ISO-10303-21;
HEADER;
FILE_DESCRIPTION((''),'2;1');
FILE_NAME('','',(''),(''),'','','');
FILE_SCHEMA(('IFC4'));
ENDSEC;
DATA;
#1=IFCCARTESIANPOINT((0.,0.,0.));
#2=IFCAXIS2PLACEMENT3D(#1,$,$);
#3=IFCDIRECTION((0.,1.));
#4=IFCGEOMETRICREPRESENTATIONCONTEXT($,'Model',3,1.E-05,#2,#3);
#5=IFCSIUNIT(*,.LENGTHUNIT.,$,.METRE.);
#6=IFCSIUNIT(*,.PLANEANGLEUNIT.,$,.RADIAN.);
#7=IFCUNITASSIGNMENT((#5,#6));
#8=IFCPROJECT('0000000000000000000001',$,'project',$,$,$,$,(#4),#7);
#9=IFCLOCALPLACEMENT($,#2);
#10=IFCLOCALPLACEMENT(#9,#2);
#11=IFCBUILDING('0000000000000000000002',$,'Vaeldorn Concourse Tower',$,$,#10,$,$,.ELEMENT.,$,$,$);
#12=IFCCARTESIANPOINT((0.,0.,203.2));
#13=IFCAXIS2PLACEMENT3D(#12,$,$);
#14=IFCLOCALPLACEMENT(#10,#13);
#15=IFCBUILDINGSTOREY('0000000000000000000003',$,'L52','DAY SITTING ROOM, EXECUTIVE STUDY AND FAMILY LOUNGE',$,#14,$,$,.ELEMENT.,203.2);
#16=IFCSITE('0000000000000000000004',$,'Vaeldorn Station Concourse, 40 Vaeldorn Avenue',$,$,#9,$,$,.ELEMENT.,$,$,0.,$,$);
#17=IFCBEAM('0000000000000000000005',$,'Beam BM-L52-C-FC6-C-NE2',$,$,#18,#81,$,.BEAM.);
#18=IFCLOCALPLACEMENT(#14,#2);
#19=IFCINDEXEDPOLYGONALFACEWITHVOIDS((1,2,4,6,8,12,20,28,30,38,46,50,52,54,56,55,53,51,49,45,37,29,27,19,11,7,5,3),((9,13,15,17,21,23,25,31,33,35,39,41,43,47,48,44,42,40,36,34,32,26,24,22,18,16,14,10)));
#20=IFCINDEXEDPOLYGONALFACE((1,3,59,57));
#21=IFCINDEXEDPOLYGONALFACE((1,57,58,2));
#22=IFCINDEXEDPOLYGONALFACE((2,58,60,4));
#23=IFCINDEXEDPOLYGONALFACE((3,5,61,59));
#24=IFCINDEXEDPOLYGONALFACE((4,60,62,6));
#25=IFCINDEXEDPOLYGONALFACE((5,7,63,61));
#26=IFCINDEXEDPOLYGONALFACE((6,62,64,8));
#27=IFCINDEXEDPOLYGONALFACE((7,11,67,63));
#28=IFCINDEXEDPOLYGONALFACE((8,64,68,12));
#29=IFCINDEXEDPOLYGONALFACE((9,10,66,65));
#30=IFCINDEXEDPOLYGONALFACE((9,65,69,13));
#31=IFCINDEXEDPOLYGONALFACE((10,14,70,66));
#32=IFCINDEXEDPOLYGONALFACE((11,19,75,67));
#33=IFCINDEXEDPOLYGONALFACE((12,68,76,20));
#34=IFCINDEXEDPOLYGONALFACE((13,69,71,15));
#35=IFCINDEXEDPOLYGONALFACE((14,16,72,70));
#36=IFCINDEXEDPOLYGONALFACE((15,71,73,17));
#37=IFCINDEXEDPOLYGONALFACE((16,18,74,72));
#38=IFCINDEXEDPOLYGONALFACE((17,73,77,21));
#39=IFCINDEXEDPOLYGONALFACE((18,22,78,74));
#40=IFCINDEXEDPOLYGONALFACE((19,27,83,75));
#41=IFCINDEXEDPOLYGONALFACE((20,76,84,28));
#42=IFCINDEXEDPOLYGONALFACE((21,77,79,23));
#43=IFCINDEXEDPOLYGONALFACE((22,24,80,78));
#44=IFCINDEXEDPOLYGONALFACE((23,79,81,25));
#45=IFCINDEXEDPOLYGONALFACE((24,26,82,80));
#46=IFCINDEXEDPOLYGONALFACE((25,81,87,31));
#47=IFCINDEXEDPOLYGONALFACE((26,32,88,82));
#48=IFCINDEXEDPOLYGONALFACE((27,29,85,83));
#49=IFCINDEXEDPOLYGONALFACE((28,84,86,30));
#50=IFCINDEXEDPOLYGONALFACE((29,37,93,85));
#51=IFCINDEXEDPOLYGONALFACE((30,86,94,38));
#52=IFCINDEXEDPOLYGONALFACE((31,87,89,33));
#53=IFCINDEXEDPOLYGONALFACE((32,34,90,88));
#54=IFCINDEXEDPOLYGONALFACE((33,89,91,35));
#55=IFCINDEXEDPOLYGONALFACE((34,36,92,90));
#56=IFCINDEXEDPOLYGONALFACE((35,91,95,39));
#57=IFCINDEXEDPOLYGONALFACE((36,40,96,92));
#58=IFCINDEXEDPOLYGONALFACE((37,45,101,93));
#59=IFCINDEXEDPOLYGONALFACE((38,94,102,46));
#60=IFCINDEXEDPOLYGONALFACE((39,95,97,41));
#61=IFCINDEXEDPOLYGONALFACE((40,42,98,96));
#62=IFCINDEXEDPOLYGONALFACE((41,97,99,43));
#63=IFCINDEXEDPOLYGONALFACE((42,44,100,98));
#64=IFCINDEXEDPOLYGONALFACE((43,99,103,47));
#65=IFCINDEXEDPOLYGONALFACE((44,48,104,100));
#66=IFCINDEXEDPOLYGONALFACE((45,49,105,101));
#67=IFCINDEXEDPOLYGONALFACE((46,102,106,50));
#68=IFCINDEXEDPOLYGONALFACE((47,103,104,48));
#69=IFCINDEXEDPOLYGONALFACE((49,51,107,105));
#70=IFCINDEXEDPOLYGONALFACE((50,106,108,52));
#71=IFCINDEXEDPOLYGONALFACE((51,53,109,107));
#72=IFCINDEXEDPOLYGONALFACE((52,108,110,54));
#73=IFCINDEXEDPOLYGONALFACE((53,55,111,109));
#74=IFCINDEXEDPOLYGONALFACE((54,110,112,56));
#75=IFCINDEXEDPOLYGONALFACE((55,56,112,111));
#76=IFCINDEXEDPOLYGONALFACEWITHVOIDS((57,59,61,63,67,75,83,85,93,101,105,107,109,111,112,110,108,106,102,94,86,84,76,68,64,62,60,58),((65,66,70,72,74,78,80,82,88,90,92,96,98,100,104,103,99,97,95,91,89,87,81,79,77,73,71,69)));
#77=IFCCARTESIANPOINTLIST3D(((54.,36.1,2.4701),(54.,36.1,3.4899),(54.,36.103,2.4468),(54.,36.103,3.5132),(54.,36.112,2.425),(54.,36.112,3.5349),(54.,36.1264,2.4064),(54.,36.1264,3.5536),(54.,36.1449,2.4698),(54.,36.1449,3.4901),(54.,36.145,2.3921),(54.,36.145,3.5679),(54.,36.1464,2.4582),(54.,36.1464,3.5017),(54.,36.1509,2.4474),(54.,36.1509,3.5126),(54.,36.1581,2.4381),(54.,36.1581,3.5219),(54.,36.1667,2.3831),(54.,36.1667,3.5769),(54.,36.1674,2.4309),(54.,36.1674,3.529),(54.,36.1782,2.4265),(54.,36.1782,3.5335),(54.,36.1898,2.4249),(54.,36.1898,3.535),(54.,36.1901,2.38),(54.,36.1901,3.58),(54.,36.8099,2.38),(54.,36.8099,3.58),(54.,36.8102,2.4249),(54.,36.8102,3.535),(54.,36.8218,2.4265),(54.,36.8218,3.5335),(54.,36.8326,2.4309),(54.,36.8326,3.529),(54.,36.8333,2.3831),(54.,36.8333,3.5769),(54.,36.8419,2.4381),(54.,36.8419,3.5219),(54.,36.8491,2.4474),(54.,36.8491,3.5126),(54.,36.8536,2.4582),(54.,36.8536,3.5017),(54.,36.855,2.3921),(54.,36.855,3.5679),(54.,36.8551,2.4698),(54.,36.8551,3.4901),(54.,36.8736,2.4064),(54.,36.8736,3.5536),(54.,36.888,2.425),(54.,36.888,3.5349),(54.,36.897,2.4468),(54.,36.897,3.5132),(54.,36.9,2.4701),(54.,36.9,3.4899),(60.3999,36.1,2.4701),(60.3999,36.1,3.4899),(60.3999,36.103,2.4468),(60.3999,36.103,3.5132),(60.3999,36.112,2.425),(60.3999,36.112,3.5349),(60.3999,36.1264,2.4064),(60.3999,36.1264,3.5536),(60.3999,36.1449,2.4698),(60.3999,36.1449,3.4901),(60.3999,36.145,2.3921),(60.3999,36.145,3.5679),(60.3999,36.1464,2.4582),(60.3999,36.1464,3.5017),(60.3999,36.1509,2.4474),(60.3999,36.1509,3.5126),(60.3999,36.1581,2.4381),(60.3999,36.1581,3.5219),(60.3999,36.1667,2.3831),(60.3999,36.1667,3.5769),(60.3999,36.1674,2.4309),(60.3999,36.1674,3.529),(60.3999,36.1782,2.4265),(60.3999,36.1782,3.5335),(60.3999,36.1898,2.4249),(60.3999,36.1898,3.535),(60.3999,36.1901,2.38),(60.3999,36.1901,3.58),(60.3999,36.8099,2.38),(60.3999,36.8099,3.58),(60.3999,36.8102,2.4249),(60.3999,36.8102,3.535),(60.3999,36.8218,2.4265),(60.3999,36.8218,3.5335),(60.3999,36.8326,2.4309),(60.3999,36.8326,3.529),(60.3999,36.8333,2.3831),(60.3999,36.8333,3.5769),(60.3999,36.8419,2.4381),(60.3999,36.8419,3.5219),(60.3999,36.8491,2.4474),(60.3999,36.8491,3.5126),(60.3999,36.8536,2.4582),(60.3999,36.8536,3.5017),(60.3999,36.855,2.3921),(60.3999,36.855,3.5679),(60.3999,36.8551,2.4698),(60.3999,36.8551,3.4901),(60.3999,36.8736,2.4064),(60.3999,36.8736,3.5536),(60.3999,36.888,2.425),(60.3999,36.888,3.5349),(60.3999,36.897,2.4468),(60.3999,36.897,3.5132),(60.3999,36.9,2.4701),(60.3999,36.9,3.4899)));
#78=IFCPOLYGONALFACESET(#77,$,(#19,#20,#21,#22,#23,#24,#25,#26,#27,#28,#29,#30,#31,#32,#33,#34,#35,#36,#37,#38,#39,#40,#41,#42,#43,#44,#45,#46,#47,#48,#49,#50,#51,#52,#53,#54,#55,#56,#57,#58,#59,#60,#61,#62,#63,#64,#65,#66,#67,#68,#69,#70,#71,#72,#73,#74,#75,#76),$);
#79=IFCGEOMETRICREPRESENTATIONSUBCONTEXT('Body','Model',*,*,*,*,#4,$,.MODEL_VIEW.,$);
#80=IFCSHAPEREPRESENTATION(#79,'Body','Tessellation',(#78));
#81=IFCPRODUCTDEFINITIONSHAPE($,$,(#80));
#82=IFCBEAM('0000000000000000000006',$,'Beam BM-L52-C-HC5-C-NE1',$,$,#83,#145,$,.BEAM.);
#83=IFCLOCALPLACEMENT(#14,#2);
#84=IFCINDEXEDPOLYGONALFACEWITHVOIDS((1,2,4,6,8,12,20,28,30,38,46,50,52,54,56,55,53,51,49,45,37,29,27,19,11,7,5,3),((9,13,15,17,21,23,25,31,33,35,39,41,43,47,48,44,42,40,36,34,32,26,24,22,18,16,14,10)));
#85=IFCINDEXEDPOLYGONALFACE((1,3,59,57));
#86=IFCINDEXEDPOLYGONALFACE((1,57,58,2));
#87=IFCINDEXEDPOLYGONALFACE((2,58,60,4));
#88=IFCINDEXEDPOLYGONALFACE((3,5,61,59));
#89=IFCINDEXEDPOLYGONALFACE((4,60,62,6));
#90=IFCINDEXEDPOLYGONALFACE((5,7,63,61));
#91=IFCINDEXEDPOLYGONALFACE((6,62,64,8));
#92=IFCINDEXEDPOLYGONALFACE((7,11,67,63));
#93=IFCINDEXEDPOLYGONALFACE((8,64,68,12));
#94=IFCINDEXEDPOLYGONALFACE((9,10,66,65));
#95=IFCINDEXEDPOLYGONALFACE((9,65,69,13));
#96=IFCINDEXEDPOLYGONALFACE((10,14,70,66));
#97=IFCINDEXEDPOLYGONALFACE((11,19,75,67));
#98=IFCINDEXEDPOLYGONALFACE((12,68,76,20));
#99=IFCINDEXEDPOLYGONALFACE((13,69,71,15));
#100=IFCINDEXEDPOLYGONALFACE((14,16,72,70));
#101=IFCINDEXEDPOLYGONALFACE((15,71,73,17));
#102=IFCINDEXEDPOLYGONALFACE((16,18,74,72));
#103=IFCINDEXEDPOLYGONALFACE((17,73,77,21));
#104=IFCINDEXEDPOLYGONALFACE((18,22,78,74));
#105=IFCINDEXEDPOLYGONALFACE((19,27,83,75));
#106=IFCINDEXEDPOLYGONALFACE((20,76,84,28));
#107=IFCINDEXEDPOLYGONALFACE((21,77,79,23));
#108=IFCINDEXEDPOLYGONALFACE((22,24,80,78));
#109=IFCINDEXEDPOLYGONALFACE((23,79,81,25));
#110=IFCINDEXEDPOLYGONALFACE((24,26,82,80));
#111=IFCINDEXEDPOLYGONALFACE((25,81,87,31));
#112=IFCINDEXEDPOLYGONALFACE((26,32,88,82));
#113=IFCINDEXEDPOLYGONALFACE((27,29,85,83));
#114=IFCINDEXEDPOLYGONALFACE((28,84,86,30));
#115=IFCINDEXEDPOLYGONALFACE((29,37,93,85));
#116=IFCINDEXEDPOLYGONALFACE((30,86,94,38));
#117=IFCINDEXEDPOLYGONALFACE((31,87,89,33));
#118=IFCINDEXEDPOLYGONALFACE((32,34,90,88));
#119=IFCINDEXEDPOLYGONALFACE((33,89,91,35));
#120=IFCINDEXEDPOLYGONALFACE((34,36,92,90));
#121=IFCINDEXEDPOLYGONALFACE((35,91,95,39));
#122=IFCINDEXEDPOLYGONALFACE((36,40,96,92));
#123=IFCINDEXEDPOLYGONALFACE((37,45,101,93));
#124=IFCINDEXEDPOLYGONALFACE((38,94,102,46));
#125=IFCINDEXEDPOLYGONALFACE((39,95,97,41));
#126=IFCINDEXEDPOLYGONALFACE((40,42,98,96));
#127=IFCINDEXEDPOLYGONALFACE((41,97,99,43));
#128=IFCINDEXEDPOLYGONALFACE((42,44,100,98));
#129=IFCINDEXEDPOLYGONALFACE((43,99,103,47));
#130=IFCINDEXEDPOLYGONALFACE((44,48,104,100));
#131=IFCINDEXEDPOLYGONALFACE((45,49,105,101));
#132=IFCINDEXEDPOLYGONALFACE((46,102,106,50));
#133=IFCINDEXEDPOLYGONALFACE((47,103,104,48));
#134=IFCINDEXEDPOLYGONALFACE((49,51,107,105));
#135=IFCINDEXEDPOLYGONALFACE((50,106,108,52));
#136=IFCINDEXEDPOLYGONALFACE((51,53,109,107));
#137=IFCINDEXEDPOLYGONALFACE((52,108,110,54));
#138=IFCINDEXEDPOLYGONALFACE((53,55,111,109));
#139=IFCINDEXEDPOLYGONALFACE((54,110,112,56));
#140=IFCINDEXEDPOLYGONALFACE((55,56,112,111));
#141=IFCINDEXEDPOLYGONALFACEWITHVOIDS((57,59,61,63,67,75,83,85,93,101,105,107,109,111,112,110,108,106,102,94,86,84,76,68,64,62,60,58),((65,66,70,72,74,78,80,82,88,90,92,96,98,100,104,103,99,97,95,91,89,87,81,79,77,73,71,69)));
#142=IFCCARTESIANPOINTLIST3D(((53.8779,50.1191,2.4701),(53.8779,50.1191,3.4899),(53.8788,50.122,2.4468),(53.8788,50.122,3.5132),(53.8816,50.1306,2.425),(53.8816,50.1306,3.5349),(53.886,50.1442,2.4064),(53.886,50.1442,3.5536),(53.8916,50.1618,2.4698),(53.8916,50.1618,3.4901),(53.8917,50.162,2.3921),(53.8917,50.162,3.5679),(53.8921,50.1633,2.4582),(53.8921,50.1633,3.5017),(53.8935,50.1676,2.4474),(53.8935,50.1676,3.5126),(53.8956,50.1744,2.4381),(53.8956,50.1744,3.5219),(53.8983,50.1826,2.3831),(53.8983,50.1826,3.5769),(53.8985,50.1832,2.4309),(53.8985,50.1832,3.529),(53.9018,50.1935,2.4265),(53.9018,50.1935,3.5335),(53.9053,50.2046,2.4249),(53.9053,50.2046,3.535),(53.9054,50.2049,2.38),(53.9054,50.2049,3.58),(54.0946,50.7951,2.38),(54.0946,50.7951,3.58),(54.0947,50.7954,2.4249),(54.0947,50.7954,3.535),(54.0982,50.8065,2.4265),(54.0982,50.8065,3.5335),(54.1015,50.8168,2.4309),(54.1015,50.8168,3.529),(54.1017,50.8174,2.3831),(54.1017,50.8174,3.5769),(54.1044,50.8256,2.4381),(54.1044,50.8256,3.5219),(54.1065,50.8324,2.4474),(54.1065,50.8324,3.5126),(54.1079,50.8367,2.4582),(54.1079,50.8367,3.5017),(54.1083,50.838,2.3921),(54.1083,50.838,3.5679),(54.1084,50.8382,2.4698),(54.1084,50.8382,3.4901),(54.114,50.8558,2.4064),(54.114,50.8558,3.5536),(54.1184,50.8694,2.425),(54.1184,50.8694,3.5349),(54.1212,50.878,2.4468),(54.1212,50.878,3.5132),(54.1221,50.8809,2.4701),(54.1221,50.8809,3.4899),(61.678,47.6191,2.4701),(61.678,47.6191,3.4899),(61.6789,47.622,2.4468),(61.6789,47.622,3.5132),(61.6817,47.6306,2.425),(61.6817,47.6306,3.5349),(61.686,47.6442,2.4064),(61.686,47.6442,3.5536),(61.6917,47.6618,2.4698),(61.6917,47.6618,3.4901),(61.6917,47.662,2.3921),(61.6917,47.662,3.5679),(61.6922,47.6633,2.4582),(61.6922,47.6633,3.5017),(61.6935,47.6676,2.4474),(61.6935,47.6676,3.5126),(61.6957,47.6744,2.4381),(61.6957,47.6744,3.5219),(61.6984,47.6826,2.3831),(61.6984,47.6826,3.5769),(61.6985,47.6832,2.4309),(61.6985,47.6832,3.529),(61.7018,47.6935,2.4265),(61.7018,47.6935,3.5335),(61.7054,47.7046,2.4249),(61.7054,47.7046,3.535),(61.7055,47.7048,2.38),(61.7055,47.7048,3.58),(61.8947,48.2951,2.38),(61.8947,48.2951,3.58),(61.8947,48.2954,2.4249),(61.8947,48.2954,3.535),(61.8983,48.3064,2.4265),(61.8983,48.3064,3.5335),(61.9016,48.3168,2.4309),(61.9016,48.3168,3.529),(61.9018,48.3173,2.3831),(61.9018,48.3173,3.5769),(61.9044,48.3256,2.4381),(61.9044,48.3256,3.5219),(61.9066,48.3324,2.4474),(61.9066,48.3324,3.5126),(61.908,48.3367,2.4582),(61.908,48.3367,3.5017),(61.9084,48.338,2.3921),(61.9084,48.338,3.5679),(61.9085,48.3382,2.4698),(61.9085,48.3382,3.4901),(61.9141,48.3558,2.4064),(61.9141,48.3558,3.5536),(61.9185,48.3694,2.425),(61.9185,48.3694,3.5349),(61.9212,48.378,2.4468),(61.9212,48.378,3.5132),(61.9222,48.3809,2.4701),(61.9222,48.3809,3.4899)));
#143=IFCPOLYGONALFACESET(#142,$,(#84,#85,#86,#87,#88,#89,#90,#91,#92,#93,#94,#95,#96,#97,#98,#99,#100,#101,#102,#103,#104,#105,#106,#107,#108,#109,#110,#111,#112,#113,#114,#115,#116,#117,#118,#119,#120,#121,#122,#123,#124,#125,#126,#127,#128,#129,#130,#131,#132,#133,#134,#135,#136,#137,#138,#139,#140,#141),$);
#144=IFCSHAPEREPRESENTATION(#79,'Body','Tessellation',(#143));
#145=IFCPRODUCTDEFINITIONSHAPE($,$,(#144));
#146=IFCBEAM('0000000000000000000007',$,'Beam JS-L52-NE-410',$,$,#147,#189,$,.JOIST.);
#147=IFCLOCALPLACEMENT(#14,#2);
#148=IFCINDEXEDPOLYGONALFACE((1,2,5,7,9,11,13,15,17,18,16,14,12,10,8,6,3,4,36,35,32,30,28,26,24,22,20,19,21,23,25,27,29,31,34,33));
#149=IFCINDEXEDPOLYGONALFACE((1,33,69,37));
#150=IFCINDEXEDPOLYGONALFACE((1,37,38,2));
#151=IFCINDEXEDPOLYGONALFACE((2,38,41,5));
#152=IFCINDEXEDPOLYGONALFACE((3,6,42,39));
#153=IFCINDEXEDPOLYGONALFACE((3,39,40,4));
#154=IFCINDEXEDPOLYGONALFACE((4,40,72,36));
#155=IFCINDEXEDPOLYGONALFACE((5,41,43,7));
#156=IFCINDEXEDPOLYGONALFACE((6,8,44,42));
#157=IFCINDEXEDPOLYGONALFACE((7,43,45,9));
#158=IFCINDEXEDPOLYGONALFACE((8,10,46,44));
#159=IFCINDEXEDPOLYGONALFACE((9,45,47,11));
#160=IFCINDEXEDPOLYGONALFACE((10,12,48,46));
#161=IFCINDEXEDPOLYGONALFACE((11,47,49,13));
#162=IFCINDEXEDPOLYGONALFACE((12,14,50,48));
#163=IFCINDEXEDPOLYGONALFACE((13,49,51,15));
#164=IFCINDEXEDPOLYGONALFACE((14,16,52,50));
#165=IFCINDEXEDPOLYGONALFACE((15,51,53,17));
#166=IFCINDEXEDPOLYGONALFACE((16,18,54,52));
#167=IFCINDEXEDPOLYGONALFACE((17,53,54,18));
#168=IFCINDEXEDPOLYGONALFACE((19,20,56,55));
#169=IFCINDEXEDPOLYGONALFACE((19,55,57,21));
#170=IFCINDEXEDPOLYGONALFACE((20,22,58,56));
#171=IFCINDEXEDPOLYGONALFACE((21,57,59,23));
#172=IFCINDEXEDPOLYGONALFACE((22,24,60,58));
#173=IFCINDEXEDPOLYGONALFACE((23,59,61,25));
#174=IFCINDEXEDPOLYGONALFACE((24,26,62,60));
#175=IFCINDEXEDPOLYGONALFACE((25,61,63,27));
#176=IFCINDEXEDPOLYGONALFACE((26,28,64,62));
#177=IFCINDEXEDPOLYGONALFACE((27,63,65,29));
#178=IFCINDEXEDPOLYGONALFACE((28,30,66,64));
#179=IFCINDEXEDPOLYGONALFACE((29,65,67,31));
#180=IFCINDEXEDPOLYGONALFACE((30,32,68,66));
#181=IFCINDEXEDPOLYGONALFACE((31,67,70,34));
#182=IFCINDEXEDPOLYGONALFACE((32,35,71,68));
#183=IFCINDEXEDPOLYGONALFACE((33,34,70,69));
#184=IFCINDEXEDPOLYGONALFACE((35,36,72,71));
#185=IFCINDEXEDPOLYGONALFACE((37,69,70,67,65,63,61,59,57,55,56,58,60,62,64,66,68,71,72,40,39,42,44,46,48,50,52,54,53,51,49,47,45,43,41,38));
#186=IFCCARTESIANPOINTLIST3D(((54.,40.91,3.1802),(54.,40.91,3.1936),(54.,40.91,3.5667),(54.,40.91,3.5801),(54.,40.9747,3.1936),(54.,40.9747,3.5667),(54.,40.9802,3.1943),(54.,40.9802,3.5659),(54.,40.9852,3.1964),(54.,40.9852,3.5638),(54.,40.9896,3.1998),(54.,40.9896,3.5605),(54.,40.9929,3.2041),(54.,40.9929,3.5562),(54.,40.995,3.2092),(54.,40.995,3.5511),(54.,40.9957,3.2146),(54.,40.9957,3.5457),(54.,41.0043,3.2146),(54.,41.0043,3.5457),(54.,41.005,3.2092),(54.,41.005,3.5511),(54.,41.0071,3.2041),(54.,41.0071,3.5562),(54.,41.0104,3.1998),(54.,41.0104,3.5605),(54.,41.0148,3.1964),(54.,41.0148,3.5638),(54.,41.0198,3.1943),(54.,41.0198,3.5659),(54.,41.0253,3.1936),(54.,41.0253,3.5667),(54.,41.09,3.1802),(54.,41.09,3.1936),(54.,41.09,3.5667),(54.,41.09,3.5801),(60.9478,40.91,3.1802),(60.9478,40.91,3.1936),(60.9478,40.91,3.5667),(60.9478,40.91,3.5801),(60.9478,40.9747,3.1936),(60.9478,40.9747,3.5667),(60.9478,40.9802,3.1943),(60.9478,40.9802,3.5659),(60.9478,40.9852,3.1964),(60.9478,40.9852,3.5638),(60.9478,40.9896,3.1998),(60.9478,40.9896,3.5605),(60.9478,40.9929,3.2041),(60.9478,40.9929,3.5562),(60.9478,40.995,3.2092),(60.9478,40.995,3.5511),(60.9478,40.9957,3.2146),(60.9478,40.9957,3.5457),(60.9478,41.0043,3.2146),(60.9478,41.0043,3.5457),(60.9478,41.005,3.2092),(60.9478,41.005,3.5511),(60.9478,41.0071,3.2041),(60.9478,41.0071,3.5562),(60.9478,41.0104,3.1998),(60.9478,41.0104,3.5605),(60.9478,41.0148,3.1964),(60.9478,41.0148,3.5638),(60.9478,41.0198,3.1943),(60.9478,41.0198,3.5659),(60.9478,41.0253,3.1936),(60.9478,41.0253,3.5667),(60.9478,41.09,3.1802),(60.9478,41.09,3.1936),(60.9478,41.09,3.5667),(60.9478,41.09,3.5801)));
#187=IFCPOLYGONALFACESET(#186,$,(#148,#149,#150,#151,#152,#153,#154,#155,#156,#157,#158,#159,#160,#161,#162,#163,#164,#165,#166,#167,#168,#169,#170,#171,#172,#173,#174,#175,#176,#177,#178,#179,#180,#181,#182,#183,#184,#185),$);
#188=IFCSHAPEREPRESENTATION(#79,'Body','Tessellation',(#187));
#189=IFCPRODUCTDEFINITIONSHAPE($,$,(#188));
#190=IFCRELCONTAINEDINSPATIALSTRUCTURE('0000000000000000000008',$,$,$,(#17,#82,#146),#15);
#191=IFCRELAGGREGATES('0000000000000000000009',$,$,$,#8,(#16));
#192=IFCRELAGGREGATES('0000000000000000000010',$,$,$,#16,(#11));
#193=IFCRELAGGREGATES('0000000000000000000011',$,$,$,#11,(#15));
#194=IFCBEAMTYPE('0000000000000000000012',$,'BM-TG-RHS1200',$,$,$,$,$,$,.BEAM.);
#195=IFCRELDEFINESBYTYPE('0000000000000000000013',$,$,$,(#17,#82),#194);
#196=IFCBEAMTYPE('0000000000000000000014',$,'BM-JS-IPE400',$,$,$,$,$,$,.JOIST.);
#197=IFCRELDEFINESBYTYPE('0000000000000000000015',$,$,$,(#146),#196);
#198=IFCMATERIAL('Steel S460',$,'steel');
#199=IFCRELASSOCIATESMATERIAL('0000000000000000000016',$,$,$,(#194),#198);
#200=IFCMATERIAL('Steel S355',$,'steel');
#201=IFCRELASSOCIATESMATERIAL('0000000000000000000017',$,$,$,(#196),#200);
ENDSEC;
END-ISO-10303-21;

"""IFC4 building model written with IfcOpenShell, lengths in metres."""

from ifc_helpers import new_model, si_unit, direction, frame, origin, origin_2d, place, context, subcontext, project, spatial, hollow_rectangle, i_section, extrude, source, transform, mapped, material, material_profile, profile_set, type_object, element, save


model = new_model("IFC4")

# Units and contexts
model_context = context("Model", 3, precision=1e-05, world=origin(), true_north=direction((0.0, 1.0)))
body_context = subcontext(model_context, "Body", "Model", "MODEL_VIEW")
ifc_project = project(units=[si_unit("LENGTHUNIT", "METRE"), si_unit("PLANEANGLEUNIT", "RADIAN")], contexts=[model_context])

# Site, building, storey
site_placement = place(None, origin())
site = spatial("IfcSite", under=ifc_project, at=site_placement, Name="Vaeldorn Station Concourse, 40 Vaeldorn Avenue", CompositionType="ELEMENT", RefElevation=0.0)
building_placement = place(site_placement, origin())
building = spatial("IfcBuilding", under=site, at=building_placement, Name="Vaeldorn Concourse Tower", CompositionType="ELEMENT")
storey_placement = place(building_placement, frame((0.0, 0.0, 203.2)))
storey = spatial("IfcBuildingStorey", under=building, at=storey_placement, Name="L52", Description="DAY SITTING ROOM, EXECUTIVE STUDY AND FAMILY LOUNGE", CompositionType="ELEMENT", Elevation=203.2)

# Shared definitions
ifc_material_1 = material(Name="Steel S460", Category="steel")

# Beams
ifc_material_2 = material(Name="Steel S355", Category="steel")
ifc_material_profile_1 = material_profile(ifc_material_1, hollow_rectangle(XDim=0.8, YDim=1.2, WallThickness=0.0449, InnerFilletRadius=0.0449, OuterFilletRadius=0.0901, at=origin_2d()), Name="RHS 1200x800x45")
ifc_profile_set_1 = profile_set([ifc_material_profile_1], Name="Steel S460")
beam_type_1 = type_object("IfcBeamType", Name="BM-TG-RHS1200", PredefinedType="BEAM", material=ifc_profile_set_1)
shared_shape_1 = source(origin(), body_context, "Body", "SweptSolid", [
    extrude(hollow_rectangle(XDim=0.8, YDim=1.2, WallThickness=0.0449, InnerFilletRadius=0.0449, OuterFilletRadius=0.0901, at=origin_2d()), origin(), (0.0, 0.0, 1.0), 6.3999),
])
beam_1_placement = place(storey_placement, frame((54.0, 36.5, 2.98), z_axis=(1.0, 0.0, 0.0), x_axis=(0.0, 1.0, 0.0)))
element("IfcBeam", 1, at=beam_1_placement, inside=storey, type_object=beam_type_1, Name="Beam BM-L52-C-FC6-C-NE2", PredefinedType="BEAM", context=body_context, shape_type="MappedRepresentation", body=[
    mapped(shared_shape_1, transform((0.0, 0.0, 0.0), scale=1.0)),
])
shared_shape_2 = source(origin(), body_context, "Body", "SweptSolid", [
    extrude(hollow_rectangle(XDim=0.8, YDim=1.2, WallThickness=0.0449, InnerFilletRadius=0.0449, OuterFilletRadius=0.0901, at=origin_2d()), origin(), (0.0, 0.0, 1.0), 8.1909),
])
beam_2_placement = place(storey_placement, frame((54.0, 50.5, 2.98), z_axis=(0.952283, -0.305217, 0.0), x_axis=(0.305217, 0.952283, 0.0)))
element("IfcBeam", 2, at=beam_2_placement, inside=storey, type_object=beam_type_1, Name="Beam BM-L52-C-HC5-C-NE1", PredefinedType="BEAM", context=body_context, shape_type="MappedRepresentation", body=[
    mapped(shared_shape_2, transform((0.0, 0.0, 0.0), scale=1.0)),
])
ifc_material_profile_2 = material_profile(ifc_material_2, i_section(OverallWidth=0.1799, OverallDepth=0.3999, WebThickness=0.0085, FlangeThickness=0.0134, FilletRadius=0.021, at=origin_2d()), Name="IPE 400")
ifc_profile_set_2 = profile_set([ifc_material_profile_2], Name="Steel S355")
beam_type_2 = type_object("IfcBeamType", Name="BM-JS-IPE400", PredefinedType="JOIST", material=ifc_profile_set_2)
shared_shape_3 = source(origin(), body_context, "Body", "SweptSolid", [
    extrude(i_section(OverallWidth=0.1799, OverallDepth=0.3999, WebThickness=0.0085, FlangeThickness=0.0134, FilletRadius=0.021, at=origin_2d()), origin(), (0.0, 0.0, 1.0), 6.9478),
])
beam_3_placement = place(storey_placement, frame((54.0, 41.0, 3.3801), z_axis=(1.0, 0.0, 0.0), x_axis=(0.0, 1.0, 0.0)))
element("IfcBeam", 3, at=beam_3_placement, inside=storey, type_object=beam_type_2, Name="Beam JS-L52-NE-410", PredefinedType="JOIST", context=body_context, shape_type="MappedRepresentation", body=[
    mapped(shared_shape_3, transform((0.0, 0.0, 0.0), scale=1.0)),
])

save(model, "model.ifc")
